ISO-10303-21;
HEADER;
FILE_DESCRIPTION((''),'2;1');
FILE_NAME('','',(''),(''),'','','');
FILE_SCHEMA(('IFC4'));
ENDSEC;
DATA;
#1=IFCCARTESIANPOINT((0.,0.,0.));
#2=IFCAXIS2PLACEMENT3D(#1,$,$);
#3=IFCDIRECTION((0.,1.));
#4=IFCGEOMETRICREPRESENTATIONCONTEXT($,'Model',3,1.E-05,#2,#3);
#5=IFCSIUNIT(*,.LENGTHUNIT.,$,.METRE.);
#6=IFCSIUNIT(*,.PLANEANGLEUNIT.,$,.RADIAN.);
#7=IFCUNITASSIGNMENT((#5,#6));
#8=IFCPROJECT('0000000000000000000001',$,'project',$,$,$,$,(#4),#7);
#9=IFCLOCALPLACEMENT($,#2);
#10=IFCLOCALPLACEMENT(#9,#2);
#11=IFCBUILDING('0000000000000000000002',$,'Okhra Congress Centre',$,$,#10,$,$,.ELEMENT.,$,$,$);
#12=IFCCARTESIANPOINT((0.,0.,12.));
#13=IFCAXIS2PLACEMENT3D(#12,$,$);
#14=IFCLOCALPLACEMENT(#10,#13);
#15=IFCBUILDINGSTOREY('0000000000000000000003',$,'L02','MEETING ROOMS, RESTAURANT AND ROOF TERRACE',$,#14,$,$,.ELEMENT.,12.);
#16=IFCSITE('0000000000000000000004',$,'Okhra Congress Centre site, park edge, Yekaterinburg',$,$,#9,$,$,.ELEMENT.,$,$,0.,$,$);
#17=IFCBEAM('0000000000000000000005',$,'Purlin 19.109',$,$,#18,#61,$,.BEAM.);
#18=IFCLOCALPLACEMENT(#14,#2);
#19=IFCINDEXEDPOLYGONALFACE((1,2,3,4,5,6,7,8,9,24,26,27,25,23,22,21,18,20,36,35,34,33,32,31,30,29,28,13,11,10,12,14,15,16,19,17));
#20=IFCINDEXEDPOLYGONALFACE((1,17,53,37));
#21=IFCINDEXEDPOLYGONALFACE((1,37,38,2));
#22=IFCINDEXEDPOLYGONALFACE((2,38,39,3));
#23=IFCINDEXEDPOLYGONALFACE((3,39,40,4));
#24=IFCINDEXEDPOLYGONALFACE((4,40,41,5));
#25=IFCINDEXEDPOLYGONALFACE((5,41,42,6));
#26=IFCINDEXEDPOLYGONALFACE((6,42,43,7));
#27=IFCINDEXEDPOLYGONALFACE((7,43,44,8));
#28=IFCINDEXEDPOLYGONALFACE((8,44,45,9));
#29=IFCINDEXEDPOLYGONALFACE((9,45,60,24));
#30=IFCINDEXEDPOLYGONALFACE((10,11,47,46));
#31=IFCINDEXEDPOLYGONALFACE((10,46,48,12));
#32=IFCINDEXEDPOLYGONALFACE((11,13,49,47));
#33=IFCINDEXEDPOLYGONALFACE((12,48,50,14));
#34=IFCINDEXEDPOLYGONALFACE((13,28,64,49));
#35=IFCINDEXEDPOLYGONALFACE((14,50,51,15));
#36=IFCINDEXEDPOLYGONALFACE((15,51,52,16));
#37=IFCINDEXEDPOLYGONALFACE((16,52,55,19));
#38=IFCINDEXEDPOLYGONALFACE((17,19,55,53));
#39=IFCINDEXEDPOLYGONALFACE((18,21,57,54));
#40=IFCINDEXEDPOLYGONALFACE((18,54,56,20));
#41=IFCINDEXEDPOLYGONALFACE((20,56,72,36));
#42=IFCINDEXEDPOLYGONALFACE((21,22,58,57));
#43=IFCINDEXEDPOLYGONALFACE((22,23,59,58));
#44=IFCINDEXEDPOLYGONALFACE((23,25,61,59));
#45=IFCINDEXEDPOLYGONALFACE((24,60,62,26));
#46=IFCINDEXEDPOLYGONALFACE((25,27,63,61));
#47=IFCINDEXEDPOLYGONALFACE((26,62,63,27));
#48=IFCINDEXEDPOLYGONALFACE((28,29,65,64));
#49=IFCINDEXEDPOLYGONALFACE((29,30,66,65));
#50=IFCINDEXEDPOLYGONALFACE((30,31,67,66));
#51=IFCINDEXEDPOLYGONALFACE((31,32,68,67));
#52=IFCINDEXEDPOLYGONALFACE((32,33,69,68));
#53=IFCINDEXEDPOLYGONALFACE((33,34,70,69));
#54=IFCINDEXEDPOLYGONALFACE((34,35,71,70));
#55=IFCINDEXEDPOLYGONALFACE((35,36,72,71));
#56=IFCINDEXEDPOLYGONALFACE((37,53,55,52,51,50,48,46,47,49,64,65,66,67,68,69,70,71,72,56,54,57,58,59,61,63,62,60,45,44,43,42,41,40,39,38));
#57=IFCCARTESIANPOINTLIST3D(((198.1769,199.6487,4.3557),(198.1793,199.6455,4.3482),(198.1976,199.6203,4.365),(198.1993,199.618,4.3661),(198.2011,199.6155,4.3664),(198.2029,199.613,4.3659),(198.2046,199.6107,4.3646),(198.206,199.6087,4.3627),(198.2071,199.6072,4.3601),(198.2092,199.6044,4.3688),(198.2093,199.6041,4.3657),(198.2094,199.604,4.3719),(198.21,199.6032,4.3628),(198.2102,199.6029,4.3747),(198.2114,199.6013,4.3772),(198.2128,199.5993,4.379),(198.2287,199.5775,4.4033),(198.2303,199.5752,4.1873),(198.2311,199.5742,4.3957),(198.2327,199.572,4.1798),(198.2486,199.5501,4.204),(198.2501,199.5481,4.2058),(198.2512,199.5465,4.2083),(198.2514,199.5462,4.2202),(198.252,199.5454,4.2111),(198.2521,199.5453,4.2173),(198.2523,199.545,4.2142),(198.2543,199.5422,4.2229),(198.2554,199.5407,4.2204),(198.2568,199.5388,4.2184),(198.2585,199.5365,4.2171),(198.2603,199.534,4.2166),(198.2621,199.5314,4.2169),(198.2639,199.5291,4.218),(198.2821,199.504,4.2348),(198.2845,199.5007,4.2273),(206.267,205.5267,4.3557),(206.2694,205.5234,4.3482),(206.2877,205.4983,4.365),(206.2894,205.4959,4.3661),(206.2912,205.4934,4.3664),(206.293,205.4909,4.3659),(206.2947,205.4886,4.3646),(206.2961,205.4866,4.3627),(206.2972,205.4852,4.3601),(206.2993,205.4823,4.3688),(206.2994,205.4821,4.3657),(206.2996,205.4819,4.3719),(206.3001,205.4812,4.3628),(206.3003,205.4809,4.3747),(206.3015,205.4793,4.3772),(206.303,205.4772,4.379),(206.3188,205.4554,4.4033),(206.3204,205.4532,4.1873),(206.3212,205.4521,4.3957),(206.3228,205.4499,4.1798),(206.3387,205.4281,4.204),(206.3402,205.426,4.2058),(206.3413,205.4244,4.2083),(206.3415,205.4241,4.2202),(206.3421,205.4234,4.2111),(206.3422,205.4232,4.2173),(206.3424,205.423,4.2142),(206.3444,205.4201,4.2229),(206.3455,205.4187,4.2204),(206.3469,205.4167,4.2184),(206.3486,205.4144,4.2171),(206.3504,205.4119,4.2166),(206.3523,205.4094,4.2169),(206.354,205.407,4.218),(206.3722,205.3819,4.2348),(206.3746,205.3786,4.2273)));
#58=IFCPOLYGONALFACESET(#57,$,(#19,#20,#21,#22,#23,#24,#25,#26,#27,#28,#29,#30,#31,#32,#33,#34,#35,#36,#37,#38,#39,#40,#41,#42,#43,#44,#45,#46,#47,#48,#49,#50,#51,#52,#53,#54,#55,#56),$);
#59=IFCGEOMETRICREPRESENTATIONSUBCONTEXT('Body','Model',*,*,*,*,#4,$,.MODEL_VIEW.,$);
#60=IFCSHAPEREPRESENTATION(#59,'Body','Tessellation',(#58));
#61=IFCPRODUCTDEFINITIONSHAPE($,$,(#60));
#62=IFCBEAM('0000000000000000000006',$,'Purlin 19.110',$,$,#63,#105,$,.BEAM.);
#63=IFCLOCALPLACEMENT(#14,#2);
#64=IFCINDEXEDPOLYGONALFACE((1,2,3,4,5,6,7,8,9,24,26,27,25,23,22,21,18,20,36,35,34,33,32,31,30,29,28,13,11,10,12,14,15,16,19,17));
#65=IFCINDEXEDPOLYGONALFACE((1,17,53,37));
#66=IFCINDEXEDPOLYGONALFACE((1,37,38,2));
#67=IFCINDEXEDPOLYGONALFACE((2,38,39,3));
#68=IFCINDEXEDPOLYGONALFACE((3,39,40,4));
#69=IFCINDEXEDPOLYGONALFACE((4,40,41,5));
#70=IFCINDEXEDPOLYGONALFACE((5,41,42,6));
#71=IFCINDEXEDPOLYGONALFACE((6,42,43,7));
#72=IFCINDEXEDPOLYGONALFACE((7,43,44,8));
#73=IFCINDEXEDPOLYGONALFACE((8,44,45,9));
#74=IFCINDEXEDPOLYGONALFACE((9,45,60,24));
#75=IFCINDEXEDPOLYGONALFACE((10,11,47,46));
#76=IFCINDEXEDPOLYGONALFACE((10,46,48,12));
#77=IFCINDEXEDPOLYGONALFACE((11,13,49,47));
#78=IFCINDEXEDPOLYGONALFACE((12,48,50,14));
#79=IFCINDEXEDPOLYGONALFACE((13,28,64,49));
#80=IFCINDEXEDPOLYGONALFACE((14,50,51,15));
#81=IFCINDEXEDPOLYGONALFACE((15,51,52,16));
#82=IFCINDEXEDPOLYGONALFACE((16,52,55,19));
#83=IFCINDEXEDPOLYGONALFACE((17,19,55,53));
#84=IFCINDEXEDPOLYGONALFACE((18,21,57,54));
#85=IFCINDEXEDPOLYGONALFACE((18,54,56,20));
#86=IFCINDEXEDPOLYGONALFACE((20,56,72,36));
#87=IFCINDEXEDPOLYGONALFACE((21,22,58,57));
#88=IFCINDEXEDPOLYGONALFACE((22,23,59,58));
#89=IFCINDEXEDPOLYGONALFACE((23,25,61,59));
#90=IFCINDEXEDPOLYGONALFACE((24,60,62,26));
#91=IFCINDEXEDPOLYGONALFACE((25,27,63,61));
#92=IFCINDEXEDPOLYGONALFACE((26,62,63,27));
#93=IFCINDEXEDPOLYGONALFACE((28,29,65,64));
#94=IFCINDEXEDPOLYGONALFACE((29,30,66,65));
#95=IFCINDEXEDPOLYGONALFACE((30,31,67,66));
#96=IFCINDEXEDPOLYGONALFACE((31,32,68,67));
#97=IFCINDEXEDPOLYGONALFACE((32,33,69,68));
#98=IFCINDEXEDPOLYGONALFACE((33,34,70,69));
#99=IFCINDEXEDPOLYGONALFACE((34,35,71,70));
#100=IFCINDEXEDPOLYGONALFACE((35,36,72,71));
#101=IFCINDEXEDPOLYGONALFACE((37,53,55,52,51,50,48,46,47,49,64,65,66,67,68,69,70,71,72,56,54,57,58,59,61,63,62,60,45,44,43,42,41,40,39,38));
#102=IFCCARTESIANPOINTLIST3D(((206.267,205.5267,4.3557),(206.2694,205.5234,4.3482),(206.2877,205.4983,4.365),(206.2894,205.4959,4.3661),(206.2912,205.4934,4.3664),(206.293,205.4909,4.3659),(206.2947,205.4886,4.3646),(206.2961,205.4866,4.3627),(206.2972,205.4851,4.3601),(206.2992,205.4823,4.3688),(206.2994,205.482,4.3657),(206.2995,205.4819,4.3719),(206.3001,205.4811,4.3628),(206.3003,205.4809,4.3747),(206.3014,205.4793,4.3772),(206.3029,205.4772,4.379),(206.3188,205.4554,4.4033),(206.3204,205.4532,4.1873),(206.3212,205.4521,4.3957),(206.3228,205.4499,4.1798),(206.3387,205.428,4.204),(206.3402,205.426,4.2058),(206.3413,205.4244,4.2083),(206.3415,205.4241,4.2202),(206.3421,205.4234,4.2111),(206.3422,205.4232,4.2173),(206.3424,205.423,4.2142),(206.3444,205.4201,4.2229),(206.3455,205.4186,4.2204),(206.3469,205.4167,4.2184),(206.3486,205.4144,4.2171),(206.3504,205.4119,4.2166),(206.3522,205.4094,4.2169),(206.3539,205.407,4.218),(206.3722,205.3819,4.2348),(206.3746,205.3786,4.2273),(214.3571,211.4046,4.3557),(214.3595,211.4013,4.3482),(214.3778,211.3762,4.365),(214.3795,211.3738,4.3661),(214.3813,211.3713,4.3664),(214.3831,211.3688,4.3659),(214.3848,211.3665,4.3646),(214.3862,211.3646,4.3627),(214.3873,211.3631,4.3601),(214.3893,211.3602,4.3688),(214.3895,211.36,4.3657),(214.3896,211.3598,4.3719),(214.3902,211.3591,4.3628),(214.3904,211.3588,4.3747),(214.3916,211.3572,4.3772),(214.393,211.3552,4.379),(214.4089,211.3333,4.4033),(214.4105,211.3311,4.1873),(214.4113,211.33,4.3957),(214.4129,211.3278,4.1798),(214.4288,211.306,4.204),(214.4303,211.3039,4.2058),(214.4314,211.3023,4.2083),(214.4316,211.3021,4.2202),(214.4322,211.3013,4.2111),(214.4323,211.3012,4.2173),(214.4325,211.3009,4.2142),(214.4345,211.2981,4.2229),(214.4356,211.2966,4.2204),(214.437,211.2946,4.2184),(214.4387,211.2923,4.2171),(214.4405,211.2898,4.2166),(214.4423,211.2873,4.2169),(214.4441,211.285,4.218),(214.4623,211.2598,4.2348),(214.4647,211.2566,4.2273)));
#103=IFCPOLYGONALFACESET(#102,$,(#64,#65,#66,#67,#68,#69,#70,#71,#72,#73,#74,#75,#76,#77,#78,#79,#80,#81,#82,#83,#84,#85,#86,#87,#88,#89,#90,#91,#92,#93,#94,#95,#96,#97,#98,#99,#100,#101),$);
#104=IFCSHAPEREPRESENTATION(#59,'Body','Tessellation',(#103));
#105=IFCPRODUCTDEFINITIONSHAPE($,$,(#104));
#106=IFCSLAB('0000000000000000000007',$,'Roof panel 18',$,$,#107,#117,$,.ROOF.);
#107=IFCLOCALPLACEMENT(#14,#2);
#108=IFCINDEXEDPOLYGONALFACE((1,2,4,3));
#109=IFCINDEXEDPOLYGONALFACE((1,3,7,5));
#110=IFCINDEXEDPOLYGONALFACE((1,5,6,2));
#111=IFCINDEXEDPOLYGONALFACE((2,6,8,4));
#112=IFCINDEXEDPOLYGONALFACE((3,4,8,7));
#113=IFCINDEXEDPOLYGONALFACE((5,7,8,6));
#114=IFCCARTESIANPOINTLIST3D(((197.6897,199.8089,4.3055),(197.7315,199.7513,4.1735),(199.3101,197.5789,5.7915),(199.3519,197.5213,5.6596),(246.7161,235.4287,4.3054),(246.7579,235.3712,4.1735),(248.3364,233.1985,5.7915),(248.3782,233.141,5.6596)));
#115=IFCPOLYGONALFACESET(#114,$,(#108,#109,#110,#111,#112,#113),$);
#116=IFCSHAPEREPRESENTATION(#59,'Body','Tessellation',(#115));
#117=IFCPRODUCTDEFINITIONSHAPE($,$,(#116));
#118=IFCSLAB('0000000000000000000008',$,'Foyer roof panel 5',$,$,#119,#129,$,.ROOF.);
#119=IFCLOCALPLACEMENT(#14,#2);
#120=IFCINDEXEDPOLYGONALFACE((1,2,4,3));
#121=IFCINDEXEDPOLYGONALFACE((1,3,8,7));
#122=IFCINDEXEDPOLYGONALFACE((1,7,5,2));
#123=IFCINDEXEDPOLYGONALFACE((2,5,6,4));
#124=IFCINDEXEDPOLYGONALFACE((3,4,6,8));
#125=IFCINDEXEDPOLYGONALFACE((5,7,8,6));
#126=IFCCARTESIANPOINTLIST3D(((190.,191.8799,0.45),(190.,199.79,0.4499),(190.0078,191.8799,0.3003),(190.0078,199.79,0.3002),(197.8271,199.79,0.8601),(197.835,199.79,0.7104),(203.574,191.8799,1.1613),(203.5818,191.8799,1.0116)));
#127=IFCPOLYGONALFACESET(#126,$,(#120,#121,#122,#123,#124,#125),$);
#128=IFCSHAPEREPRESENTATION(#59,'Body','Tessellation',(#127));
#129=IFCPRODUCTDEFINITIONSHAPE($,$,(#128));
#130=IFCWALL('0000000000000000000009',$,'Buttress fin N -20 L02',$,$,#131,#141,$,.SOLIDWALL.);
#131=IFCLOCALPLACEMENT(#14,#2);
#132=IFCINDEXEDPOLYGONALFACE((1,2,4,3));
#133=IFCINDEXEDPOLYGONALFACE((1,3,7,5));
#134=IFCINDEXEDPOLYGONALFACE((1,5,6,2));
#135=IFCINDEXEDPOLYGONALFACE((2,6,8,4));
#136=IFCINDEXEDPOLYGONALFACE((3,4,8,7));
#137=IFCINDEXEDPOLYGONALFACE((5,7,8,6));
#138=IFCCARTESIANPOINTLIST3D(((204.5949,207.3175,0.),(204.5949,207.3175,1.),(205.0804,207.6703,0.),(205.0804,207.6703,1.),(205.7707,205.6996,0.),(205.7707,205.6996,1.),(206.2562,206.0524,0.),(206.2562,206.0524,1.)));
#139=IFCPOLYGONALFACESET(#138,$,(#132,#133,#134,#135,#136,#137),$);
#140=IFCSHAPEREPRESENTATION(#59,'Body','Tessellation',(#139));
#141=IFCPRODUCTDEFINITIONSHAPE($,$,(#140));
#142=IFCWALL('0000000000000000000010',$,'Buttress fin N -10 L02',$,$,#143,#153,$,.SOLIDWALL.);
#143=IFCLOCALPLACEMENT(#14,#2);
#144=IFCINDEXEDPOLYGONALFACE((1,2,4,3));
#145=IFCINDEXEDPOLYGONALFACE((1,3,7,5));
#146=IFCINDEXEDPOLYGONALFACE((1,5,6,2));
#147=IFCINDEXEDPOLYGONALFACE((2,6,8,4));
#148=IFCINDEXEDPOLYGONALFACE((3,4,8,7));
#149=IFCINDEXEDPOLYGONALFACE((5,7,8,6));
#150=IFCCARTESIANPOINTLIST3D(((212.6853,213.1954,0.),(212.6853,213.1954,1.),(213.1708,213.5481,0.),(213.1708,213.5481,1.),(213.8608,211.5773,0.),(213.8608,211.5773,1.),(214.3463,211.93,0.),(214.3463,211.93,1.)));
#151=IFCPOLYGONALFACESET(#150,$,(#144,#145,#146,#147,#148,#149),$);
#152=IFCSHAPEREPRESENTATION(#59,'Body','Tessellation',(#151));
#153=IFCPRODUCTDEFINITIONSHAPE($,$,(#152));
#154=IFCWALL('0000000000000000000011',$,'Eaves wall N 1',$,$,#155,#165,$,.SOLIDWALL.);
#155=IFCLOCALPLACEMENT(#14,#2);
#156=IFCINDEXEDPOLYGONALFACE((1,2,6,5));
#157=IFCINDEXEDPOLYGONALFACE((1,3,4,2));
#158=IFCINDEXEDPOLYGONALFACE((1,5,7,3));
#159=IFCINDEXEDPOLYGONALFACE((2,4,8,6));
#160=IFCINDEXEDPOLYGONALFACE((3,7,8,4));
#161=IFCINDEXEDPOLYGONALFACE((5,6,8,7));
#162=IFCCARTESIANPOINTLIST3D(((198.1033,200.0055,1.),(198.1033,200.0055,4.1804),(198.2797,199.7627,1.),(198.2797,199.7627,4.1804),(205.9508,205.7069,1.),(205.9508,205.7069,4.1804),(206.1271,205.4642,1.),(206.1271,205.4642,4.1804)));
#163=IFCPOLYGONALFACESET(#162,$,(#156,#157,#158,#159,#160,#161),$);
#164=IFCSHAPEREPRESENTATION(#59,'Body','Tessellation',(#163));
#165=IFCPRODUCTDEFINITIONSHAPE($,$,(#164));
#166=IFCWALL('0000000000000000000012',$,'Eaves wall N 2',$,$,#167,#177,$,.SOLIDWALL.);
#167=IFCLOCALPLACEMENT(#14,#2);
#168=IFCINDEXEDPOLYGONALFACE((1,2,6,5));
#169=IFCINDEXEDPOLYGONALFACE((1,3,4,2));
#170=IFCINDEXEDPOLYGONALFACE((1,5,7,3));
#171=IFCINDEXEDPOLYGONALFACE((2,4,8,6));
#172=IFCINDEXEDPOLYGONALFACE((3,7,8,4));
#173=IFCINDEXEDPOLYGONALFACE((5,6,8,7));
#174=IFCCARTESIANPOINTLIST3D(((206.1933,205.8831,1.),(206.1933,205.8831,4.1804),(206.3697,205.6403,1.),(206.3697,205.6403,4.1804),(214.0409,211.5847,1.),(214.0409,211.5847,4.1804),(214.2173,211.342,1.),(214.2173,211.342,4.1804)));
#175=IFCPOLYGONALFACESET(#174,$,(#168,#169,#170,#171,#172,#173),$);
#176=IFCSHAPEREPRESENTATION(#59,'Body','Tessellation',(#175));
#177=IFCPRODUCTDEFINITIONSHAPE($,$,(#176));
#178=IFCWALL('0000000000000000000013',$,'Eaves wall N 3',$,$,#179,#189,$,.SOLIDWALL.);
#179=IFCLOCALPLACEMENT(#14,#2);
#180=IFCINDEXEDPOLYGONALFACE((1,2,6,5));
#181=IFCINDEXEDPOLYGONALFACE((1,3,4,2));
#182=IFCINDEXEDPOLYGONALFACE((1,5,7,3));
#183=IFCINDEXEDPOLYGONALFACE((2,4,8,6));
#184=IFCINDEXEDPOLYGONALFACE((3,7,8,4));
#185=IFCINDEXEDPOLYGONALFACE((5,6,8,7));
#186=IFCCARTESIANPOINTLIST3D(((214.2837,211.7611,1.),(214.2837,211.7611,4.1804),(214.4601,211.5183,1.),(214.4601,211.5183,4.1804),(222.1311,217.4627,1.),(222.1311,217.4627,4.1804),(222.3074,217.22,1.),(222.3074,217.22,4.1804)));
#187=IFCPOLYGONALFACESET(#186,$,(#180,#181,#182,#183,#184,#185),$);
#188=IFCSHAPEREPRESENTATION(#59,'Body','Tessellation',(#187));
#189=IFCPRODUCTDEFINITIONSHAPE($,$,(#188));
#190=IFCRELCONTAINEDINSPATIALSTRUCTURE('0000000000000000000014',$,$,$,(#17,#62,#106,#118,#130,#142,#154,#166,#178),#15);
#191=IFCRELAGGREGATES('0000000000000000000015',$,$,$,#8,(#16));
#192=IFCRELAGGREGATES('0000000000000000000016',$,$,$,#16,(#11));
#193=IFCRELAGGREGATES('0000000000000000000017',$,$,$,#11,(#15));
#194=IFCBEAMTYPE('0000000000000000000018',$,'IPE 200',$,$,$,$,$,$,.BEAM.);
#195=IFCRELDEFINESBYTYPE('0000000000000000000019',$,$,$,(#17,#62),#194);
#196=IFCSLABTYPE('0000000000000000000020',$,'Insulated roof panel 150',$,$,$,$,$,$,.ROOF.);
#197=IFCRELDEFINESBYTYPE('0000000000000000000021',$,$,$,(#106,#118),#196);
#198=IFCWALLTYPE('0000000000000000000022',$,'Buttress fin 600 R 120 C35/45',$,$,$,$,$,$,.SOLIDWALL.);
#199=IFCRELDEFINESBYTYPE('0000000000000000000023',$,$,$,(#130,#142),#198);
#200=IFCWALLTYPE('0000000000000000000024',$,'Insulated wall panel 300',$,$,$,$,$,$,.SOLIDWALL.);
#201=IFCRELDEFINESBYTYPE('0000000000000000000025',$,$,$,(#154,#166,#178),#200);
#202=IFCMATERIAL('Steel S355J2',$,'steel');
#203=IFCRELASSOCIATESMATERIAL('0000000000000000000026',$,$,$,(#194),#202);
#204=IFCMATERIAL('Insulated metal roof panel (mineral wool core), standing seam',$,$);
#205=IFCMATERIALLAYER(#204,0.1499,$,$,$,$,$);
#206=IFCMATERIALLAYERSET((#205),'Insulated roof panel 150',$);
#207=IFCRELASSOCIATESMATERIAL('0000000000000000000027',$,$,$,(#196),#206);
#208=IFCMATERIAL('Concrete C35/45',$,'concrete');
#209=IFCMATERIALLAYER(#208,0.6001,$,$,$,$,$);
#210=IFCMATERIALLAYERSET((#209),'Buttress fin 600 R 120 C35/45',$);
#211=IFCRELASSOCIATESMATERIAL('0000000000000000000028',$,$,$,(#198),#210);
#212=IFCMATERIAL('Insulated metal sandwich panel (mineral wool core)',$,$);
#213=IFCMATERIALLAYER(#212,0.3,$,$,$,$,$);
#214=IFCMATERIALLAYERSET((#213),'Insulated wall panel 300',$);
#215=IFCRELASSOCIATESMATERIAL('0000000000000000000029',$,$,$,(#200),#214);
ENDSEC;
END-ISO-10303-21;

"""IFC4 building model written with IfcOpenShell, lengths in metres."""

from ifc_helpers import new_model, si_unit, direction, frame, frame_2d, origin, origin_2d, place, context, subcontext, project, spatial, polyline, rectangle, i_section, outline, extrude, material, layer, layer_set, material_profile, profile_set, type_object, element, save


model = new_model("IFC4")

# Units and contexts
model_context = context("Model", 3, precision=1e-05, world=origin(), true_north=direction((0.0, 1.0)))
body_context = subcontext(model_context, "Body", "Model", "MODEL_VIEW")
ifc_project = project(units=[si_unit("LENGTHUNIT", "METRE"), si_unit("PLANEANGLEUNIT", "RADIAN")], contexts=[model_context])

# Site, building, storey
site_placement = place(None, origin())
site = spatial("IfcSite", under=ifc_project, at=site_placement, Name="Okhra Congress Centre site, park edge, Yekaterinburg", CompositionType="ELEMENT", RefElevation=0.0)
building_placement = place(site_placement, origin())
building = spatial("IfcBuilding", under=site, at=building_placement, Name="Okhra Congress Centre", CompositionType="ELEMENT")
storey_placement = place(building_placement, frame((0.0, 0.0, 12.0)))
storey = spatial("IfcBuildingStorey", under=building, at=storey_placement, Name="L02", Description="MEETING ROOMS, RESTAURANT AND ROOF TERRACE", CompositionType="ELEMENT", Elevation=12.0)

# Beams
ifc_material_1 = material(Name="Steel S355J2", Category="steel")
ifc_material_profile_1 = material_profile(ifc_material_1, i_section(OverallWidth=0.1001, OverallDepth=0.2, WebThickness=0.0056, FlangeThickness=0.0085, FilletRadius=0.012, at=origin_2d()), Name="IPE 200")
ifc_profile_set_1 = profile_set([ifc_material_profile_1], Name="Steel S355J2")
beam_type_1 = type_object("IfcBeamType", Name="IPE 200", PredefinedType="BEAM", material=ifc_profile_set_1)
for number, where, z_axis, x_axis, name in (
    (1, (198.2307, 199.5747, 4.2915), (0.80901, 0.587794, 0.0), (-0.517377, 0.712092, -0.4746), "Purlin 19.109"),
    (2, (206.3208, 205.4526, 4.2915), (0.80901, 0.587794, 0.0), (-0.517377, 0.712092, -0.4746), "Purlin 19.110"),
):
    element("IfcBeam", number, at=place(storey_placement, frame(where, z_axis=z_axis, x_axis=x_axis)), inside=storey, type_object=beam_type_1, Name=name, PredefinedType="BEAM", context=body_context, shape_type="SweptSolid", body=[
        extrude(i_section(OverallWidth=0.1001, OverallDepth=0.2, WebThickness=0.0056, FlangeThickness=0.0085, FilletRadius=0.012, at=origin_2d()), origin(), (0.0, 0.0, 1.0), 10.0),
    ])

# Slabs
ifc_material_2 = material(Name="Insulated metal roof panel (mineral wool core), standing seam")
ifc_layer_1 = layer(ifc_material_2, 0.1499)
ifc_layer_set_1 = layer_set([ifc_layer_1], Name="Insulated roof panel 150")
slab_type = type_object("IfcSlabType", Name="Insulated roof panel 150", PredefinedType="ROOF", material=ifc_layer_set_1)
slab_1_placement = place(storey_placement, frame((199.3101, 197.5789, 5.7915), z_axis=(-0.278924, 0.383906, 0.880237), x_axis=(0.809018, 0.587784, 0.000001)))
element("IfcSlab", 3, at=slab_1_placement, inside=storey, type_object=slab_type, Name="Roof panel 18", PredefinedType="ROOF", context=body_context, shape_type="SweptSolid", body=[
    extrude(outline(polyline([(0.0, 0.0), (60.5999, 0.0), (60.5998, 3.1318), (-0.0002, 3.1316), (0.0, 0.0)])), origin(), (0.0, 0.0, -1.0), 0.1499),
])
slab_2_placement = place(storey_placement, frame((197.8271, 199.79, 0.8601), z_axis=(-0.052336, 0.000006, 0.99863), x_axis=(-0.99863, 0.0, -0.052336)))
element("IfcSlab", 4, at=slab_2_placement, inside=storey, type_object=slab_type, Name="Foyer roof panel 5", PredefinedType="ROOF", context=body_context, shape_type="SweptSolid", body=[
    extrude(outline(polyline([(0.0, 0.0), (7.8379, 0.0), (7.8379, 7.9102), (-5.7547, 7.9102), (0.0, 0.0)])), origin(), (0.0, 0.0, -1.0), 0.1499),
])

# Walls
ifc_material_3 = material(Name="Concrete C35/45", Category="concrete")
ifc_layer_2 = layer(ifc_material_3, 0.6001)
ifc_layer_set_2 = layer_set([ifc_layer_2], Name="Buttress fin 600 R 120 C35/45")
wall_type_1 = type_object("IfcWallType", Name="Buttress fin 600 R 120 C35/45", PredefinedType="SOLIDWALL", material=ifc_layer_set_2)
for number, where, z_axis, x_axis, name in (
    (5, (206.0134, 205.876, 0.0), (0.0, 0.0, 1.0), (-0.587881, 0.808947, 0.0), "Buttress fin N -20 L02"),
    (6, (214.1035, 211.7537, 0.0), (0.0, 0.0, 1.0), (-0.587743, 0.809047, 0.0), "Buttress fin N -10 L02"),
):
    element("IfcWall", number, at=place(storey_placement, frame(where, z_axis=z_axis, x_axis=x_axis)), inside=storey, type_object=wall_type_1, Name=name, PredefinedType="SOLIDWALL", context=body_context, shape_type="SweptSolid", body=[
        extrude(rectangle(XDim=2.0, YDim=0.6001, at=frame_2d((1.0, 0.0))), origin(), (0.0, 0.0, 1.0), 1.0),
    ])
ifc_material_4 = material(Name="Insulated metal sandwich panel (mineral wool core)")
ifc_layer_3 = layer(ifc_material_4, 0.3)
ifc_layer_set_3 = layer_set([ifc_layer_3], Name="Insulated wall panel 300")
wall_type_2 = type_object("IfcWallType", Name="Insulated wall panel 300", PredefinedType="SOLIDWALL", material=ifc_layer_set_3)
wall_1_placement = place(storey_placement, frame((198.1914, 199.884, 1.0), z_axis=(0.0, 0.0, 1.0), x_axis=(0.80902, 0.587781, 0.0)))
element("IfcWall", 7, at=wall_1_placement, inside=storey, type_object=wall_type_2, Name="Eaves wall N 1", PredefinedType="SOLIDWALL", context=body_context, shape_type="SweptSolid", body=[
    extrude(rectangle(XDim=9.7, YDim=0.3, at=frame_2d((4.8501, 0.0))), origin(), (0.0, 0.0, 1.0), 3.1804),
])
wall_2_placement = place(storey_placement, frame((206.2815, 205.7617, 1.0), z_axis=(0.0, 0.0, 1.0), x_axis=(0.809017, 0.587786, 0.0)))
element("IfcWall", 8, at=wall_2_placement, inside=storey, type_object=wall_type_2, Name="Eaves wall N 2", PredefinedType="SOLIDWALL", context=body_context, shape_type="SweptSolid", body=[
    extrude(rectangle(XDim=9.7002, YDim=0.3, at=frame_2d((4.8501, 0.0))), origin(), (0.0, 0.0, 1.0), 3.1804),
])
wall_3_placement = place(storey_placement, frame((214.3718, 211.6396, 1.0), z_axis=(0.0, 0.0, 1.0), x_axis=(0.809008, 0.587798, 0.0)))
element("IfcWall", 9, at=wall_3_placement, inside=storey, type_object=wall_type_2, Name="Eaves wall N 3", PredefinedType="SOLIDWALL", context=body_context, shape_type="SweptSolid", body=[
    extrude(rectangle(XDim=9.7, YDim=0.3, at=frame_2d((4.8501, 0.0))), origin(), (0.0, 0.0, 1.0), 3.1804),
])

save(model, "model.ifc")
